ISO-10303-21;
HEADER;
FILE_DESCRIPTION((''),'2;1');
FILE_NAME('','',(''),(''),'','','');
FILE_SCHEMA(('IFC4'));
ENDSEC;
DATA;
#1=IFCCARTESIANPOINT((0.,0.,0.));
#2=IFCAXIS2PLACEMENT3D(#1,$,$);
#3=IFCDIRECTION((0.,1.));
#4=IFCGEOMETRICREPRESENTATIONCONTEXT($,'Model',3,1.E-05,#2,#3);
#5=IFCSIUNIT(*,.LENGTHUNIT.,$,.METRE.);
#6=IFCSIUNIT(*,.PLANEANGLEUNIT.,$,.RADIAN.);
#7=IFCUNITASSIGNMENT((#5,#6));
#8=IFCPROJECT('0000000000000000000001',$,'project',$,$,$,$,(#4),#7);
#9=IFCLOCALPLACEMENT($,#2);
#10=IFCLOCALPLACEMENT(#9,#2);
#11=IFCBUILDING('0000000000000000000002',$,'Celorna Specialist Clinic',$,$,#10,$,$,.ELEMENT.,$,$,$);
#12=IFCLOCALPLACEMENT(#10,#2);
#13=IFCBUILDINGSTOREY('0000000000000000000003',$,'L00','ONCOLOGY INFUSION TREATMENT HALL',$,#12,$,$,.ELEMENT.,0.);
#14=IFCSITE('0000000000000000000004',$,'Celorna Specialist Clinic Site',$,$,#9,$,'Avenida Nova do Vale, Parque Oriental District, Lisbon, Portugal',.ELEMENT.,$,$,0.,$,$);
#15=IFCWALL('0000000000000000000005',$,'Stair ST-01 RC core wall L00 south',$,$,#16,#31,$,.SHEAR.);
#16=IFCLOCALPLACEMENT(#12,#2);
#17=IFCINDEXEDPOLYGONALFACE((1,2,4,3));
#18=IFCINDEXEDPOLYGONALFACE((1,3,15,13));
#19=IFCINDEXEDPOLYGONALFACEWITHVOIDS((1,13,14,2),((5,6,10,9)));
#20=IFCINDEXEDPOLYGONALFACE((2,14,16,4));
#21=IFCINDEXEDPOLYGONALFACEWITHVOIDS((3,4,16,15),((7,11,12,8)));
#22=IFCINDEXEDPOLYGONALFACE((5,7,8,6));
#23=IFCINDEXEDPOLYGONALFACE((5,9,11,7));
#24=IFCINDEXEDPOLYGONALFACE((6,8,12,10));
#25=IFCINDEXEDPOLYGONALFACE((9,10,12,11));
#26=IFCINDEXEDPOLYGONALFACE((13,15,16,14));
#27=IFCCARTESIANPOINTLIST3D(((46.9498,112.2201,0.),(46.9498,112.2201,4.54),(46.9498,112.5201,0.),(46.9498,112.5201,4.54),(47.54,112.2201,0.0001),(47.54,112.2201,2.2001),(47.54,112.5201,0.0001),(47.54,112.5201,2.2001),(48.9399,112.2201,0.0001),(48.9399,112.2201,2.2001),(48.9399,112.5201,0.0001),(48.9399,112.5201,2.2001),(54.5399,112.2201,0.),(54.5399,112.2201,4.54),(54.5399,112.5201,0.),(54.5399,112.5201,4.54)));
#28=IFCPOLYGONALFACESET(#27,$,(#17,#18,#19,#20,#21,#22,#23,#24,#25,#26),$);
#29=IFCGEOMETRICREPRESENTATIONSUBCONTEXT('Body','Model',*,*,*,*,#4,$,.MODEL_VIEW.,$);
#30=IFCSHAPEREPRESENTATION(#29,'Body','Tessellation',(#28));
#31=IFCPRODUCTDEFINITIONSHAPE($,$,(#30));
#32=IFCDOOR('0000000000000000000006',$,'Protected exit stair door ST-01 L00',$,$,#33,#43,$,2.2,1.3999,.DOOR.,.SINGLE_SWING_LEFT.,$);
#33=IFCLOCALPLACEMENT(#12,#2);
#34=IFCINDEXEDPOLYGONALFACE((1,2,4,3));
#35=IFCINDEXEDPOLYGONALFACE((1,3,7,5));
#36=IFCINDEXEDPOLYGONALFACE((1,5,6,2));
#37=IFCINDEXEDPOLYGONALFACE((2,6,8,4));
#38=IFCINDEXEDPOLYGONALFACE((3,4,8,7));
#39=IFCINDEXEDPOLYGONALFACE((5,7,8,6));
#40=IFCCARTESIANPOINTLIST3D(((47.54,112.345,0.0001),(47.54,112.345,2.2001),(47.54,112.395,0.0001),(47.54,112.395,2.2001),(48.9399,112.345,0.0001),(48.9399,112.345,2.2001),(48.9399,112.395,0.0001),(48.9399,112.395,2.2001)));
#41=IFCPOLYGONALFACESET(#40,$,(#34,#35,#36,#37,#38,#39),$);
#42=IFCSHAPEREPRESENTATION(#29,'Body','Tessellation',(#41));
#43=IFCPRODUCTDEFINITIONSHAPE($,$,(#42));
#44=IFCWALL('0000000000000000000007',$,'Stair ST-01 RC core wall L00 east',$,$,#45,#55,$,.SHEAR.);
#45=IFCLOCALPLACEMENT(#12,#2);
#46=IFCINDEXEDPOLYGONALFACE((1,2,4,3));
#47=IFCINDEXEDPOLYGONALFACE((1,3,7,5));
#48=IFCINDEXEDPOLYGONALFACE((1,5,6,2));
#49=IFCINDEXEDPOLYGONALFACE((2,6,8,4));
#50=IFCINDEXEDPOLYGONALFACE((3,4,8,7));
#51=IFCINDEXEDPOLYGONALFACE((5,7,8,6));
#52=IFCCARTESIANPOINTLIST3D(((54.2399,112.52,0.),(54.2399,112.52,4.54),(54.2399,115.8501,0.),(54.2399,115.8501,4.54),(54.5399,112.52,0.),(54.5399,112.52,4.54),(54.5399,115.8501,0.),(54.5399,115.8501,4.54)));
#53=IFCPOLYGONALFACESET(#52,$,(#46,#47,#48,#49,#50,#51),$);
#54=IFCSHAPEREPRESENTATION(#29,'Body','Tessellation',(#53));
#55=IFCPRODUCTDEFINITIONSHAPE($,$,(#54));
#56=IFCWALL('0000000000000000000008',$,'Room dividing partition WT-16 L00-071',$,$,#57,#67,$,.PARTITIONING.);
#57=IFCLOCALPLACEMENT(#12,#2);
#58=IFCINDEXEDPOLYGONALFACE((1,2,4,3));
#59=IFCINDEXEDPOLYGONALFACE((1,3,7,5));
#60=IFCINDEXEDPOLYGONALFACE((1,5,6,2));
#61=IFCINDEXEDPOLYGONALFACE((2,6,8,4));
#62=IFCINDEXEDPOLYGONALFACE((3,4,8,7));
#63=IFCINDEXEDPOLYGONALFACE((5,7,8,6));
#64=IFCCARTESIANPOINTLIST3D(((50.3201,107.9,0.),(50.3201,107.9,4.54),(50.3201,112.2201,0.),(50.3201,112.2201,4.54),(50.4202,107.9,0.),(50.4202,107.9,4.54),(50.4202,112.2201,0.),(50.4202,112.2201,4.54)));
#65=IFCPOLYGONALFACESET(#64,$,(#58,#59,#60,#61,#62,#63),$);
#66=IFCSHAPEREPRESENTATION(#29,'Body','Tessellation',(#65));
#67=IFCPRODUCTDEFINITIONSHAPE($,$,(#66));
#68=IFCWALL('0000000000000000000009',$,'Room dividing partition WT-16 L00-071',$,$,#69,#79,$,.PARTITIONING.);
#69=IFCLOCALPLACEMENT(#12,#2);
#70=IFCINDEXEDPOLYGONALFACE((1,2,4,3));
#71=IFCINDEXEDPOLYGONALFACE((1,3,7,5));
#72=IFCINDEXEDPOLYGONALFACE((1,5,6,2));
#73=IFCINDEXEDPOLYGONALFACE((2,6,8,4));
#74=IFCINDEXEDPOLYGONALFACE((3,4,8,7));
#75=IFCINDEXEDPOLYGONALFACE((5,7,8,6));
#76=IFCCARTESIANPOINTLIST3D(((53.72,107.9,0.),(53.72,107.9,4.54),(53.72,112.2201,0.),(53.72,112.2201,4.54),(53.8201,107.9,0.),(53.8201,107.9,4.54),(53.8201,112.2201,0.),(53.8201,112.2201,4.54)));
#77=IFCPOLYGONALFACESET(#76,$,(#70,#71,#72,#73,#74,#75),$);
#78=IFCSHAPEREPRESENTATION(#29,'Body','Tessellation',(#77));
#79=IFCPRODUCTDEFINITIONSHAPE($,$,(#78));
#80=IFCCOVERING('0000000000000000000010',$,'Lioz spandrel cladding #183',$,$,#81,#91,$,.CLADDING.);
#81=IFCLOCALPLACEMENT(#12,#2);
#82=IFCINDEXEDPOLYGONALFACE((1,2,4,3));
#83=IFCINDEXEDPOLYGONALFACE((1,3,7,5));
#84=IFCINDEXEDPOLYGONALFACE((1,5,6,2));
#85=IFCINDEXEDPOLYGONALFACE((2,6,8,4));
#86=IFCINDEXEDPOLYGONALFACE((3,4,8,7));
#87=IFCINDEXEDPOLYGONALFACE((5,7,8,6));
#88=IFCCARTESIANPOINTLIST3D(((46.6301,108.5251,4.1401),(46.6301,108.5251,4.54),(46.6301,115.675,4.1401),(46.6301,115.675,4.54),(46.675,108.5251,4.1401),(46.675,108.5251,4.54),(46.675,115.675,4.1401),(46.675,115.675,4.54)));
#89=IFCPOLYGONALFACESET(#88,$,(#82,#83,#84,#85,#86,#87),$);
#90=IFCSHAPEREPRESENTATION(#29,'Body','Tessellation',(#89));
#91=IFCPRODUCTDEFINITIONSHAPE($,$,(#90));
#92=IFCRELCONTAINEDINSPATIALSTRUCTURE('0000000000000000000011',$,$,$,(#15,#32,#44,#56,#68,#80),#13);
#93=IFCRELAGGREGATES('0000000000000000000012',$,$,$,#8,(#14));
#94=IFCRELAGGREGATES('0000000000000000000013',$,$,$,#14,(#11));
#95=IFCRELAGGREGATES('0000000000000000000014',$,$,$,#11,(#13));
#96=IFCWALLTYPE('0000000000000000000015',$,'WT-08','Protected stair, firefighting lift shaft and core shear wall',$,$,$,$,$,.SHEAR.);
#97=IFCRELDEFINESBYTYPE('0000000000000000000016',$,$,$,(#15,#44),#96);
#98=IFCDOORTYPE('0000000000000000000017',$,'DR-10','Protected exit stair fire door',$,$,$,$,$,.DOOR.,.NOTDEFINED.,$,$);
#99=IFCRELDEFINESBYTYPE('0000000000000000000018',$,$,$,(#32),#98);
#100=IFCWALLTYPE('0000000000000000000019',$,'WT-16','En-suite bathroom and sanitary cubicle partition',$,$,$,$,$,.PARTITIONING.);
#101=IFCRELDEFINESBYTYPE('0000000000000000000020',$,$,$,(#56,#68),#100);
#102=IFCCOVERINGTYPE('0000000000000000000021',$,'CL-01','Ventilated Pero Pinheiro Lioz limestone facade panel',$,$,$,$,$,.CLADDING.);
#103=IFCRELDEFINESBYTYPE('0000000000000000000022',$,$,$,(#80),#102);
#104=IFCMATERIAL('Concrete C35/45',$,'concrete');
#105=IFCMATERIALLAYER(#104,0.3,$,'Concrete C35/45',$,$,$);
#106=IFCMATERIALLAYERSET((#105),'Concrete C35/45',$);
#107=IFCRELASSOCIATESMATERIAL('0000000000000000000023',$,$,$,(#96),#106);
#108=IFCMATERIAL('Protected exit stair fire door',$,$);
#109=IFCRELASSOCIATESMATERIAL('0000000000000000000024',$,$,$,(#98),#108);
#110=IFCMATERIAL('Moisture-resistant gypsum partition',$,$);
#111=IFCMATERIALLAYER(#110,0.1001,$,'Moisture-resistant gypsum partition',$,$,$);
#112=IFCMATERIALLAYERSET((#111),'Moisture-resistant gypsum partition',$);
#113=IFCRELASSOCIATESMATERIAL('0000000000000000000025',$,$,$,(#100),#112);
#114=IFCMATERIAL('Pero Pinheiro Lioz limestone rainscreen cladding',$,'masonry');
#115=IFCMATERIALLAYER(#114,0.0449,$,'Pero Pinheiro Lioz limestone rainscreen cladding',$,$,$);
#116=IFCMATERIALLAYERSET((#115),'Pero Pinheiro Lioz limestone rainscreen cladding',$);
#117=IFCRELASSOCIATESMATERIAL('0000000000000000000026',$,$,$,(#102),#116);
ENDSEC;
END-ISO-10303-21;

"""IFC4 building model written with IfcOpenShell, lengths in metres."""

from ifc_helpers import new_model, si_unit, direction, frame, frame_2d, origin, origin_2d, place, context, subcontext, project, spatial, rectangle, extrude, material, layer, layer_set, type_object, element, fill, save


model = new_model("IFC4")

# Units and contexts
model_context = context("Model", 3, precision=1e-05, world=origin(), true_north=direction((0.0, 1.0)))
body_context = subcontext(model_context, "Body", "Model", "MODEL_VIEW")
ifc_project = project(units=[si_unit("LENGTHUNIT", "METRE"), si_unit("PLANEANGLEUNIT", "RADIAN")], contexts=[model_context])

# Site, building, storey
site_placement = place(None, origin())
site = spatial("IfcSite", under=ifc_project, at=site_placement, Name="Celorna Specialist Clinic Site", LongName="Avenida Nova do Vale, Parque Oriental District, Lisbon, Portugal", CompositionType="ELEMENT", RefElevation=0.0)
building_placement = place(site_placement, origin())
building = spatial("IfcBuilding", under=site, at=building_placement, Name="Celorna Specialist Clinic", CompositionType="ELEMENT")
storey_placement = place(building_placement, origin())
storey = spatial("IfcBuildingStorey", under=building, at=storey_placement, Name="L00", Description="ONCOLOGY INFUSION TREATMENT HALL", CompositionType="ELEMENT", Elevation=0.0)

# Shared definitions
ifc_material_1 = material(Name="Concrete C35/45", Category="concrete")

# Wall, opening, door
ifc_layer_1 = layer(ifc_material_1, 0.3, Name="Concrete C35/45")
ifc_layer_set_1 = layer_set([ifc_layer_1], Name="Concrete C35/45")
wall_type_1 = type_object("IfcWallType", Name="WT-08", Description="Protected stair, firefighting lift shaft and core shear wall", PredefinedType="SHEAR", material=ifc_layer_set_1)
wall_1_placement = place(storey_placement, frame((46.95, 112.3701, 0.0), z_axis=(0.0, 0.0, 1.0), x_axis=(1.0, 0.0, 0.0)))
wall_1 = element("IfcWall", 1, at=wall_1_placement, inside=storey, type_object=wall_type_1, Name="Stair ST-01 RC core wall L00 south", PredefinedType="SHEAR", context=body_context, shape_type="SweptSolid", body=[
    extrude(rectangle(XDim=7.5901, YDim=0.3, at=frame_2d((3.7949, 0.0))), origin(), (0.0, 0.0, 1.0), 4.54),
])
opening_1_placement = place(wall_1_placement, frame((0.5901, 0.0, 0.0)))
opening_1 = element("IfcOpeningElement", 2, at=opening_1_placement, cuts=wall_1, PredefinedType="OPENING", context=body_context, shape_type="SweptSolid", body=[
    extrude(rectangle(XDim=1.3999, YDim=2.2, at=frame_2d((0.7, 1.1001))), frame((0.0, 0.1599, 0.0), z_axis=(0.0, -1.0, 0.0), x_axis=(1.0, 0.0, 0.0)), (0.0, 0.0, 1.0), 0.3201),
])
ifc_material_2 = material(Name="Protected exit stair fire door")
door_type = type_object("IfcDoorType", Name="DR-10", Description="Protected exit stair fire door", OperationType="NOTDEFINED", PredefinedType="DOOR", material=ifc_material_2)
door_placement = place(opening_1_placement, origin())
door = element("IfcDoor", 3, at=door_placement, inside=storey, type_object=door_type, Name="Protected exit stair door ST-01 L00", OperationType="SINGLE_SWING_LEFT", OverallHeight=2.2, OverallWidth=1.3999, PredefinedType="DOOR", context=body_context, shape_type="SweptSolid", body=[
    extrude(rectangle(XDim=1.3999, YDim=2.2, at=frame_2d((0.7, 1.1001))), frame((0.0, 0.0249, 0.0), z_axis=(0.0, -1.0, 0.0), x_axis=(1.0, 0.0, 0.0)), (0.0, 0.0, 1.0), 0.05),
])
fill(opening_1, door)

# Walls
wall_2_placement = place(storey_placement, frame((54.3899, 112.52, 0.0), z_axis=(0.0, 0.0, 1.0), x_axis=(0.0, 1.0, 0.0)))
element("IfcWall", 4, at=wall_2_placement, inside=storey, type_object=wall_type_1, Name="Stair ST-01 RC core wall L00 east", PredefinedType="SHEAR", context=body_context, shape_type="SweptSolid", body=[
    extrude(rectangle(XDim=3.3301, YDim=0.3, at=frame_2d((1.665, 0.0))), origin(), (0.0, 0.0, 1.0), 4.54),
])
ifc_material_3 = material(Name="Moisture-resistant gypsum partition")
ifc_layer_2 = layer(ifc_material_3, 0.1001, Name="Moisture-resistant gypsum partition")
ifc_layer_set_2 = layer_set([ifc_layer_2], Name="Moisture-resistant gypsum partition")
wall_type_2 = type_object("IfcWallType", Name="WT-16", Description="En-suite bathroom and sanitary cubicle partition", PredefinedType="PARTITIONING", material=ifc_layer_set_2)
for number, where, z_axis, x_axis, name in (
    (5, (50.3701, 107.8999, 0.0), (0.0, 0.0, 1.0), (0.0, 1.0, 0.0), "Room dividing partition WT-16 L00-071"),
    (6, (53.77, 107.8999, 0.0), (0.0, 0.0, 1.0), (0.0, 1.0, 0.0), "Room dividing partition WT-16 L00-071"),
):
    element("IfcWall", number, at=place(storey_placement, frame(where, z_axis=z_axis, x_axis=x_axis)), inside=storey, type_object=wall_type_2, Name=name, PredefinedType="PARTITIONING", context=body_context, shape_type="SweptSolid", body=[
        extrude(rectangle(XDim=4.3201, YDim=0.1001, at=frame_2d((2.1602, 0.0))), origin(), (0.0, 0.0, 1.0), 4.54),
    ])

# Covering
ifc_material_4 = material(Name="Pero Pinheiro Lioz limestone rainscreen cladding", Category="masonry")
ifc_layer_3 = layer(ifc_material_4, 0.0449, Name="Pero Pinheiro Lioz limestone rainscreen cladding")
ifc_layer_set_3 = layer_set([ifc_layer_3], Name="Pero Pinheiro Lioz limestone rainscreen cladding")
covering_type = type_object("IfcCoveringType", Name="CL-01", Description="Ventilated Pero Pinheiro Lioz limestone facade panel", PredefinedType="CLADDING", material=ifc_layer_set_3)
covering_placement = place(storey_placement, frame((46.6526, 112.1001, 4.1401), z_axis=(0.0, 0.0, 1.0), x_axis=(0.0, 1.0, 0.0)))
element("IfcCovering", 7, at=covering_placement, inside=storey, type_object=covering_type, Name="Lioz spandrel cladding #183", PredefinedType="CLADDING", context=body_context, shape_type="SweptSolid", body=[
    extrude(rectangle(XDim=7.1499, YDim=0.0449, at=origin_2d()), origin(), (0.0, 0.0, 1.0), 0.3999),
])

save(model, "model.ifc")
